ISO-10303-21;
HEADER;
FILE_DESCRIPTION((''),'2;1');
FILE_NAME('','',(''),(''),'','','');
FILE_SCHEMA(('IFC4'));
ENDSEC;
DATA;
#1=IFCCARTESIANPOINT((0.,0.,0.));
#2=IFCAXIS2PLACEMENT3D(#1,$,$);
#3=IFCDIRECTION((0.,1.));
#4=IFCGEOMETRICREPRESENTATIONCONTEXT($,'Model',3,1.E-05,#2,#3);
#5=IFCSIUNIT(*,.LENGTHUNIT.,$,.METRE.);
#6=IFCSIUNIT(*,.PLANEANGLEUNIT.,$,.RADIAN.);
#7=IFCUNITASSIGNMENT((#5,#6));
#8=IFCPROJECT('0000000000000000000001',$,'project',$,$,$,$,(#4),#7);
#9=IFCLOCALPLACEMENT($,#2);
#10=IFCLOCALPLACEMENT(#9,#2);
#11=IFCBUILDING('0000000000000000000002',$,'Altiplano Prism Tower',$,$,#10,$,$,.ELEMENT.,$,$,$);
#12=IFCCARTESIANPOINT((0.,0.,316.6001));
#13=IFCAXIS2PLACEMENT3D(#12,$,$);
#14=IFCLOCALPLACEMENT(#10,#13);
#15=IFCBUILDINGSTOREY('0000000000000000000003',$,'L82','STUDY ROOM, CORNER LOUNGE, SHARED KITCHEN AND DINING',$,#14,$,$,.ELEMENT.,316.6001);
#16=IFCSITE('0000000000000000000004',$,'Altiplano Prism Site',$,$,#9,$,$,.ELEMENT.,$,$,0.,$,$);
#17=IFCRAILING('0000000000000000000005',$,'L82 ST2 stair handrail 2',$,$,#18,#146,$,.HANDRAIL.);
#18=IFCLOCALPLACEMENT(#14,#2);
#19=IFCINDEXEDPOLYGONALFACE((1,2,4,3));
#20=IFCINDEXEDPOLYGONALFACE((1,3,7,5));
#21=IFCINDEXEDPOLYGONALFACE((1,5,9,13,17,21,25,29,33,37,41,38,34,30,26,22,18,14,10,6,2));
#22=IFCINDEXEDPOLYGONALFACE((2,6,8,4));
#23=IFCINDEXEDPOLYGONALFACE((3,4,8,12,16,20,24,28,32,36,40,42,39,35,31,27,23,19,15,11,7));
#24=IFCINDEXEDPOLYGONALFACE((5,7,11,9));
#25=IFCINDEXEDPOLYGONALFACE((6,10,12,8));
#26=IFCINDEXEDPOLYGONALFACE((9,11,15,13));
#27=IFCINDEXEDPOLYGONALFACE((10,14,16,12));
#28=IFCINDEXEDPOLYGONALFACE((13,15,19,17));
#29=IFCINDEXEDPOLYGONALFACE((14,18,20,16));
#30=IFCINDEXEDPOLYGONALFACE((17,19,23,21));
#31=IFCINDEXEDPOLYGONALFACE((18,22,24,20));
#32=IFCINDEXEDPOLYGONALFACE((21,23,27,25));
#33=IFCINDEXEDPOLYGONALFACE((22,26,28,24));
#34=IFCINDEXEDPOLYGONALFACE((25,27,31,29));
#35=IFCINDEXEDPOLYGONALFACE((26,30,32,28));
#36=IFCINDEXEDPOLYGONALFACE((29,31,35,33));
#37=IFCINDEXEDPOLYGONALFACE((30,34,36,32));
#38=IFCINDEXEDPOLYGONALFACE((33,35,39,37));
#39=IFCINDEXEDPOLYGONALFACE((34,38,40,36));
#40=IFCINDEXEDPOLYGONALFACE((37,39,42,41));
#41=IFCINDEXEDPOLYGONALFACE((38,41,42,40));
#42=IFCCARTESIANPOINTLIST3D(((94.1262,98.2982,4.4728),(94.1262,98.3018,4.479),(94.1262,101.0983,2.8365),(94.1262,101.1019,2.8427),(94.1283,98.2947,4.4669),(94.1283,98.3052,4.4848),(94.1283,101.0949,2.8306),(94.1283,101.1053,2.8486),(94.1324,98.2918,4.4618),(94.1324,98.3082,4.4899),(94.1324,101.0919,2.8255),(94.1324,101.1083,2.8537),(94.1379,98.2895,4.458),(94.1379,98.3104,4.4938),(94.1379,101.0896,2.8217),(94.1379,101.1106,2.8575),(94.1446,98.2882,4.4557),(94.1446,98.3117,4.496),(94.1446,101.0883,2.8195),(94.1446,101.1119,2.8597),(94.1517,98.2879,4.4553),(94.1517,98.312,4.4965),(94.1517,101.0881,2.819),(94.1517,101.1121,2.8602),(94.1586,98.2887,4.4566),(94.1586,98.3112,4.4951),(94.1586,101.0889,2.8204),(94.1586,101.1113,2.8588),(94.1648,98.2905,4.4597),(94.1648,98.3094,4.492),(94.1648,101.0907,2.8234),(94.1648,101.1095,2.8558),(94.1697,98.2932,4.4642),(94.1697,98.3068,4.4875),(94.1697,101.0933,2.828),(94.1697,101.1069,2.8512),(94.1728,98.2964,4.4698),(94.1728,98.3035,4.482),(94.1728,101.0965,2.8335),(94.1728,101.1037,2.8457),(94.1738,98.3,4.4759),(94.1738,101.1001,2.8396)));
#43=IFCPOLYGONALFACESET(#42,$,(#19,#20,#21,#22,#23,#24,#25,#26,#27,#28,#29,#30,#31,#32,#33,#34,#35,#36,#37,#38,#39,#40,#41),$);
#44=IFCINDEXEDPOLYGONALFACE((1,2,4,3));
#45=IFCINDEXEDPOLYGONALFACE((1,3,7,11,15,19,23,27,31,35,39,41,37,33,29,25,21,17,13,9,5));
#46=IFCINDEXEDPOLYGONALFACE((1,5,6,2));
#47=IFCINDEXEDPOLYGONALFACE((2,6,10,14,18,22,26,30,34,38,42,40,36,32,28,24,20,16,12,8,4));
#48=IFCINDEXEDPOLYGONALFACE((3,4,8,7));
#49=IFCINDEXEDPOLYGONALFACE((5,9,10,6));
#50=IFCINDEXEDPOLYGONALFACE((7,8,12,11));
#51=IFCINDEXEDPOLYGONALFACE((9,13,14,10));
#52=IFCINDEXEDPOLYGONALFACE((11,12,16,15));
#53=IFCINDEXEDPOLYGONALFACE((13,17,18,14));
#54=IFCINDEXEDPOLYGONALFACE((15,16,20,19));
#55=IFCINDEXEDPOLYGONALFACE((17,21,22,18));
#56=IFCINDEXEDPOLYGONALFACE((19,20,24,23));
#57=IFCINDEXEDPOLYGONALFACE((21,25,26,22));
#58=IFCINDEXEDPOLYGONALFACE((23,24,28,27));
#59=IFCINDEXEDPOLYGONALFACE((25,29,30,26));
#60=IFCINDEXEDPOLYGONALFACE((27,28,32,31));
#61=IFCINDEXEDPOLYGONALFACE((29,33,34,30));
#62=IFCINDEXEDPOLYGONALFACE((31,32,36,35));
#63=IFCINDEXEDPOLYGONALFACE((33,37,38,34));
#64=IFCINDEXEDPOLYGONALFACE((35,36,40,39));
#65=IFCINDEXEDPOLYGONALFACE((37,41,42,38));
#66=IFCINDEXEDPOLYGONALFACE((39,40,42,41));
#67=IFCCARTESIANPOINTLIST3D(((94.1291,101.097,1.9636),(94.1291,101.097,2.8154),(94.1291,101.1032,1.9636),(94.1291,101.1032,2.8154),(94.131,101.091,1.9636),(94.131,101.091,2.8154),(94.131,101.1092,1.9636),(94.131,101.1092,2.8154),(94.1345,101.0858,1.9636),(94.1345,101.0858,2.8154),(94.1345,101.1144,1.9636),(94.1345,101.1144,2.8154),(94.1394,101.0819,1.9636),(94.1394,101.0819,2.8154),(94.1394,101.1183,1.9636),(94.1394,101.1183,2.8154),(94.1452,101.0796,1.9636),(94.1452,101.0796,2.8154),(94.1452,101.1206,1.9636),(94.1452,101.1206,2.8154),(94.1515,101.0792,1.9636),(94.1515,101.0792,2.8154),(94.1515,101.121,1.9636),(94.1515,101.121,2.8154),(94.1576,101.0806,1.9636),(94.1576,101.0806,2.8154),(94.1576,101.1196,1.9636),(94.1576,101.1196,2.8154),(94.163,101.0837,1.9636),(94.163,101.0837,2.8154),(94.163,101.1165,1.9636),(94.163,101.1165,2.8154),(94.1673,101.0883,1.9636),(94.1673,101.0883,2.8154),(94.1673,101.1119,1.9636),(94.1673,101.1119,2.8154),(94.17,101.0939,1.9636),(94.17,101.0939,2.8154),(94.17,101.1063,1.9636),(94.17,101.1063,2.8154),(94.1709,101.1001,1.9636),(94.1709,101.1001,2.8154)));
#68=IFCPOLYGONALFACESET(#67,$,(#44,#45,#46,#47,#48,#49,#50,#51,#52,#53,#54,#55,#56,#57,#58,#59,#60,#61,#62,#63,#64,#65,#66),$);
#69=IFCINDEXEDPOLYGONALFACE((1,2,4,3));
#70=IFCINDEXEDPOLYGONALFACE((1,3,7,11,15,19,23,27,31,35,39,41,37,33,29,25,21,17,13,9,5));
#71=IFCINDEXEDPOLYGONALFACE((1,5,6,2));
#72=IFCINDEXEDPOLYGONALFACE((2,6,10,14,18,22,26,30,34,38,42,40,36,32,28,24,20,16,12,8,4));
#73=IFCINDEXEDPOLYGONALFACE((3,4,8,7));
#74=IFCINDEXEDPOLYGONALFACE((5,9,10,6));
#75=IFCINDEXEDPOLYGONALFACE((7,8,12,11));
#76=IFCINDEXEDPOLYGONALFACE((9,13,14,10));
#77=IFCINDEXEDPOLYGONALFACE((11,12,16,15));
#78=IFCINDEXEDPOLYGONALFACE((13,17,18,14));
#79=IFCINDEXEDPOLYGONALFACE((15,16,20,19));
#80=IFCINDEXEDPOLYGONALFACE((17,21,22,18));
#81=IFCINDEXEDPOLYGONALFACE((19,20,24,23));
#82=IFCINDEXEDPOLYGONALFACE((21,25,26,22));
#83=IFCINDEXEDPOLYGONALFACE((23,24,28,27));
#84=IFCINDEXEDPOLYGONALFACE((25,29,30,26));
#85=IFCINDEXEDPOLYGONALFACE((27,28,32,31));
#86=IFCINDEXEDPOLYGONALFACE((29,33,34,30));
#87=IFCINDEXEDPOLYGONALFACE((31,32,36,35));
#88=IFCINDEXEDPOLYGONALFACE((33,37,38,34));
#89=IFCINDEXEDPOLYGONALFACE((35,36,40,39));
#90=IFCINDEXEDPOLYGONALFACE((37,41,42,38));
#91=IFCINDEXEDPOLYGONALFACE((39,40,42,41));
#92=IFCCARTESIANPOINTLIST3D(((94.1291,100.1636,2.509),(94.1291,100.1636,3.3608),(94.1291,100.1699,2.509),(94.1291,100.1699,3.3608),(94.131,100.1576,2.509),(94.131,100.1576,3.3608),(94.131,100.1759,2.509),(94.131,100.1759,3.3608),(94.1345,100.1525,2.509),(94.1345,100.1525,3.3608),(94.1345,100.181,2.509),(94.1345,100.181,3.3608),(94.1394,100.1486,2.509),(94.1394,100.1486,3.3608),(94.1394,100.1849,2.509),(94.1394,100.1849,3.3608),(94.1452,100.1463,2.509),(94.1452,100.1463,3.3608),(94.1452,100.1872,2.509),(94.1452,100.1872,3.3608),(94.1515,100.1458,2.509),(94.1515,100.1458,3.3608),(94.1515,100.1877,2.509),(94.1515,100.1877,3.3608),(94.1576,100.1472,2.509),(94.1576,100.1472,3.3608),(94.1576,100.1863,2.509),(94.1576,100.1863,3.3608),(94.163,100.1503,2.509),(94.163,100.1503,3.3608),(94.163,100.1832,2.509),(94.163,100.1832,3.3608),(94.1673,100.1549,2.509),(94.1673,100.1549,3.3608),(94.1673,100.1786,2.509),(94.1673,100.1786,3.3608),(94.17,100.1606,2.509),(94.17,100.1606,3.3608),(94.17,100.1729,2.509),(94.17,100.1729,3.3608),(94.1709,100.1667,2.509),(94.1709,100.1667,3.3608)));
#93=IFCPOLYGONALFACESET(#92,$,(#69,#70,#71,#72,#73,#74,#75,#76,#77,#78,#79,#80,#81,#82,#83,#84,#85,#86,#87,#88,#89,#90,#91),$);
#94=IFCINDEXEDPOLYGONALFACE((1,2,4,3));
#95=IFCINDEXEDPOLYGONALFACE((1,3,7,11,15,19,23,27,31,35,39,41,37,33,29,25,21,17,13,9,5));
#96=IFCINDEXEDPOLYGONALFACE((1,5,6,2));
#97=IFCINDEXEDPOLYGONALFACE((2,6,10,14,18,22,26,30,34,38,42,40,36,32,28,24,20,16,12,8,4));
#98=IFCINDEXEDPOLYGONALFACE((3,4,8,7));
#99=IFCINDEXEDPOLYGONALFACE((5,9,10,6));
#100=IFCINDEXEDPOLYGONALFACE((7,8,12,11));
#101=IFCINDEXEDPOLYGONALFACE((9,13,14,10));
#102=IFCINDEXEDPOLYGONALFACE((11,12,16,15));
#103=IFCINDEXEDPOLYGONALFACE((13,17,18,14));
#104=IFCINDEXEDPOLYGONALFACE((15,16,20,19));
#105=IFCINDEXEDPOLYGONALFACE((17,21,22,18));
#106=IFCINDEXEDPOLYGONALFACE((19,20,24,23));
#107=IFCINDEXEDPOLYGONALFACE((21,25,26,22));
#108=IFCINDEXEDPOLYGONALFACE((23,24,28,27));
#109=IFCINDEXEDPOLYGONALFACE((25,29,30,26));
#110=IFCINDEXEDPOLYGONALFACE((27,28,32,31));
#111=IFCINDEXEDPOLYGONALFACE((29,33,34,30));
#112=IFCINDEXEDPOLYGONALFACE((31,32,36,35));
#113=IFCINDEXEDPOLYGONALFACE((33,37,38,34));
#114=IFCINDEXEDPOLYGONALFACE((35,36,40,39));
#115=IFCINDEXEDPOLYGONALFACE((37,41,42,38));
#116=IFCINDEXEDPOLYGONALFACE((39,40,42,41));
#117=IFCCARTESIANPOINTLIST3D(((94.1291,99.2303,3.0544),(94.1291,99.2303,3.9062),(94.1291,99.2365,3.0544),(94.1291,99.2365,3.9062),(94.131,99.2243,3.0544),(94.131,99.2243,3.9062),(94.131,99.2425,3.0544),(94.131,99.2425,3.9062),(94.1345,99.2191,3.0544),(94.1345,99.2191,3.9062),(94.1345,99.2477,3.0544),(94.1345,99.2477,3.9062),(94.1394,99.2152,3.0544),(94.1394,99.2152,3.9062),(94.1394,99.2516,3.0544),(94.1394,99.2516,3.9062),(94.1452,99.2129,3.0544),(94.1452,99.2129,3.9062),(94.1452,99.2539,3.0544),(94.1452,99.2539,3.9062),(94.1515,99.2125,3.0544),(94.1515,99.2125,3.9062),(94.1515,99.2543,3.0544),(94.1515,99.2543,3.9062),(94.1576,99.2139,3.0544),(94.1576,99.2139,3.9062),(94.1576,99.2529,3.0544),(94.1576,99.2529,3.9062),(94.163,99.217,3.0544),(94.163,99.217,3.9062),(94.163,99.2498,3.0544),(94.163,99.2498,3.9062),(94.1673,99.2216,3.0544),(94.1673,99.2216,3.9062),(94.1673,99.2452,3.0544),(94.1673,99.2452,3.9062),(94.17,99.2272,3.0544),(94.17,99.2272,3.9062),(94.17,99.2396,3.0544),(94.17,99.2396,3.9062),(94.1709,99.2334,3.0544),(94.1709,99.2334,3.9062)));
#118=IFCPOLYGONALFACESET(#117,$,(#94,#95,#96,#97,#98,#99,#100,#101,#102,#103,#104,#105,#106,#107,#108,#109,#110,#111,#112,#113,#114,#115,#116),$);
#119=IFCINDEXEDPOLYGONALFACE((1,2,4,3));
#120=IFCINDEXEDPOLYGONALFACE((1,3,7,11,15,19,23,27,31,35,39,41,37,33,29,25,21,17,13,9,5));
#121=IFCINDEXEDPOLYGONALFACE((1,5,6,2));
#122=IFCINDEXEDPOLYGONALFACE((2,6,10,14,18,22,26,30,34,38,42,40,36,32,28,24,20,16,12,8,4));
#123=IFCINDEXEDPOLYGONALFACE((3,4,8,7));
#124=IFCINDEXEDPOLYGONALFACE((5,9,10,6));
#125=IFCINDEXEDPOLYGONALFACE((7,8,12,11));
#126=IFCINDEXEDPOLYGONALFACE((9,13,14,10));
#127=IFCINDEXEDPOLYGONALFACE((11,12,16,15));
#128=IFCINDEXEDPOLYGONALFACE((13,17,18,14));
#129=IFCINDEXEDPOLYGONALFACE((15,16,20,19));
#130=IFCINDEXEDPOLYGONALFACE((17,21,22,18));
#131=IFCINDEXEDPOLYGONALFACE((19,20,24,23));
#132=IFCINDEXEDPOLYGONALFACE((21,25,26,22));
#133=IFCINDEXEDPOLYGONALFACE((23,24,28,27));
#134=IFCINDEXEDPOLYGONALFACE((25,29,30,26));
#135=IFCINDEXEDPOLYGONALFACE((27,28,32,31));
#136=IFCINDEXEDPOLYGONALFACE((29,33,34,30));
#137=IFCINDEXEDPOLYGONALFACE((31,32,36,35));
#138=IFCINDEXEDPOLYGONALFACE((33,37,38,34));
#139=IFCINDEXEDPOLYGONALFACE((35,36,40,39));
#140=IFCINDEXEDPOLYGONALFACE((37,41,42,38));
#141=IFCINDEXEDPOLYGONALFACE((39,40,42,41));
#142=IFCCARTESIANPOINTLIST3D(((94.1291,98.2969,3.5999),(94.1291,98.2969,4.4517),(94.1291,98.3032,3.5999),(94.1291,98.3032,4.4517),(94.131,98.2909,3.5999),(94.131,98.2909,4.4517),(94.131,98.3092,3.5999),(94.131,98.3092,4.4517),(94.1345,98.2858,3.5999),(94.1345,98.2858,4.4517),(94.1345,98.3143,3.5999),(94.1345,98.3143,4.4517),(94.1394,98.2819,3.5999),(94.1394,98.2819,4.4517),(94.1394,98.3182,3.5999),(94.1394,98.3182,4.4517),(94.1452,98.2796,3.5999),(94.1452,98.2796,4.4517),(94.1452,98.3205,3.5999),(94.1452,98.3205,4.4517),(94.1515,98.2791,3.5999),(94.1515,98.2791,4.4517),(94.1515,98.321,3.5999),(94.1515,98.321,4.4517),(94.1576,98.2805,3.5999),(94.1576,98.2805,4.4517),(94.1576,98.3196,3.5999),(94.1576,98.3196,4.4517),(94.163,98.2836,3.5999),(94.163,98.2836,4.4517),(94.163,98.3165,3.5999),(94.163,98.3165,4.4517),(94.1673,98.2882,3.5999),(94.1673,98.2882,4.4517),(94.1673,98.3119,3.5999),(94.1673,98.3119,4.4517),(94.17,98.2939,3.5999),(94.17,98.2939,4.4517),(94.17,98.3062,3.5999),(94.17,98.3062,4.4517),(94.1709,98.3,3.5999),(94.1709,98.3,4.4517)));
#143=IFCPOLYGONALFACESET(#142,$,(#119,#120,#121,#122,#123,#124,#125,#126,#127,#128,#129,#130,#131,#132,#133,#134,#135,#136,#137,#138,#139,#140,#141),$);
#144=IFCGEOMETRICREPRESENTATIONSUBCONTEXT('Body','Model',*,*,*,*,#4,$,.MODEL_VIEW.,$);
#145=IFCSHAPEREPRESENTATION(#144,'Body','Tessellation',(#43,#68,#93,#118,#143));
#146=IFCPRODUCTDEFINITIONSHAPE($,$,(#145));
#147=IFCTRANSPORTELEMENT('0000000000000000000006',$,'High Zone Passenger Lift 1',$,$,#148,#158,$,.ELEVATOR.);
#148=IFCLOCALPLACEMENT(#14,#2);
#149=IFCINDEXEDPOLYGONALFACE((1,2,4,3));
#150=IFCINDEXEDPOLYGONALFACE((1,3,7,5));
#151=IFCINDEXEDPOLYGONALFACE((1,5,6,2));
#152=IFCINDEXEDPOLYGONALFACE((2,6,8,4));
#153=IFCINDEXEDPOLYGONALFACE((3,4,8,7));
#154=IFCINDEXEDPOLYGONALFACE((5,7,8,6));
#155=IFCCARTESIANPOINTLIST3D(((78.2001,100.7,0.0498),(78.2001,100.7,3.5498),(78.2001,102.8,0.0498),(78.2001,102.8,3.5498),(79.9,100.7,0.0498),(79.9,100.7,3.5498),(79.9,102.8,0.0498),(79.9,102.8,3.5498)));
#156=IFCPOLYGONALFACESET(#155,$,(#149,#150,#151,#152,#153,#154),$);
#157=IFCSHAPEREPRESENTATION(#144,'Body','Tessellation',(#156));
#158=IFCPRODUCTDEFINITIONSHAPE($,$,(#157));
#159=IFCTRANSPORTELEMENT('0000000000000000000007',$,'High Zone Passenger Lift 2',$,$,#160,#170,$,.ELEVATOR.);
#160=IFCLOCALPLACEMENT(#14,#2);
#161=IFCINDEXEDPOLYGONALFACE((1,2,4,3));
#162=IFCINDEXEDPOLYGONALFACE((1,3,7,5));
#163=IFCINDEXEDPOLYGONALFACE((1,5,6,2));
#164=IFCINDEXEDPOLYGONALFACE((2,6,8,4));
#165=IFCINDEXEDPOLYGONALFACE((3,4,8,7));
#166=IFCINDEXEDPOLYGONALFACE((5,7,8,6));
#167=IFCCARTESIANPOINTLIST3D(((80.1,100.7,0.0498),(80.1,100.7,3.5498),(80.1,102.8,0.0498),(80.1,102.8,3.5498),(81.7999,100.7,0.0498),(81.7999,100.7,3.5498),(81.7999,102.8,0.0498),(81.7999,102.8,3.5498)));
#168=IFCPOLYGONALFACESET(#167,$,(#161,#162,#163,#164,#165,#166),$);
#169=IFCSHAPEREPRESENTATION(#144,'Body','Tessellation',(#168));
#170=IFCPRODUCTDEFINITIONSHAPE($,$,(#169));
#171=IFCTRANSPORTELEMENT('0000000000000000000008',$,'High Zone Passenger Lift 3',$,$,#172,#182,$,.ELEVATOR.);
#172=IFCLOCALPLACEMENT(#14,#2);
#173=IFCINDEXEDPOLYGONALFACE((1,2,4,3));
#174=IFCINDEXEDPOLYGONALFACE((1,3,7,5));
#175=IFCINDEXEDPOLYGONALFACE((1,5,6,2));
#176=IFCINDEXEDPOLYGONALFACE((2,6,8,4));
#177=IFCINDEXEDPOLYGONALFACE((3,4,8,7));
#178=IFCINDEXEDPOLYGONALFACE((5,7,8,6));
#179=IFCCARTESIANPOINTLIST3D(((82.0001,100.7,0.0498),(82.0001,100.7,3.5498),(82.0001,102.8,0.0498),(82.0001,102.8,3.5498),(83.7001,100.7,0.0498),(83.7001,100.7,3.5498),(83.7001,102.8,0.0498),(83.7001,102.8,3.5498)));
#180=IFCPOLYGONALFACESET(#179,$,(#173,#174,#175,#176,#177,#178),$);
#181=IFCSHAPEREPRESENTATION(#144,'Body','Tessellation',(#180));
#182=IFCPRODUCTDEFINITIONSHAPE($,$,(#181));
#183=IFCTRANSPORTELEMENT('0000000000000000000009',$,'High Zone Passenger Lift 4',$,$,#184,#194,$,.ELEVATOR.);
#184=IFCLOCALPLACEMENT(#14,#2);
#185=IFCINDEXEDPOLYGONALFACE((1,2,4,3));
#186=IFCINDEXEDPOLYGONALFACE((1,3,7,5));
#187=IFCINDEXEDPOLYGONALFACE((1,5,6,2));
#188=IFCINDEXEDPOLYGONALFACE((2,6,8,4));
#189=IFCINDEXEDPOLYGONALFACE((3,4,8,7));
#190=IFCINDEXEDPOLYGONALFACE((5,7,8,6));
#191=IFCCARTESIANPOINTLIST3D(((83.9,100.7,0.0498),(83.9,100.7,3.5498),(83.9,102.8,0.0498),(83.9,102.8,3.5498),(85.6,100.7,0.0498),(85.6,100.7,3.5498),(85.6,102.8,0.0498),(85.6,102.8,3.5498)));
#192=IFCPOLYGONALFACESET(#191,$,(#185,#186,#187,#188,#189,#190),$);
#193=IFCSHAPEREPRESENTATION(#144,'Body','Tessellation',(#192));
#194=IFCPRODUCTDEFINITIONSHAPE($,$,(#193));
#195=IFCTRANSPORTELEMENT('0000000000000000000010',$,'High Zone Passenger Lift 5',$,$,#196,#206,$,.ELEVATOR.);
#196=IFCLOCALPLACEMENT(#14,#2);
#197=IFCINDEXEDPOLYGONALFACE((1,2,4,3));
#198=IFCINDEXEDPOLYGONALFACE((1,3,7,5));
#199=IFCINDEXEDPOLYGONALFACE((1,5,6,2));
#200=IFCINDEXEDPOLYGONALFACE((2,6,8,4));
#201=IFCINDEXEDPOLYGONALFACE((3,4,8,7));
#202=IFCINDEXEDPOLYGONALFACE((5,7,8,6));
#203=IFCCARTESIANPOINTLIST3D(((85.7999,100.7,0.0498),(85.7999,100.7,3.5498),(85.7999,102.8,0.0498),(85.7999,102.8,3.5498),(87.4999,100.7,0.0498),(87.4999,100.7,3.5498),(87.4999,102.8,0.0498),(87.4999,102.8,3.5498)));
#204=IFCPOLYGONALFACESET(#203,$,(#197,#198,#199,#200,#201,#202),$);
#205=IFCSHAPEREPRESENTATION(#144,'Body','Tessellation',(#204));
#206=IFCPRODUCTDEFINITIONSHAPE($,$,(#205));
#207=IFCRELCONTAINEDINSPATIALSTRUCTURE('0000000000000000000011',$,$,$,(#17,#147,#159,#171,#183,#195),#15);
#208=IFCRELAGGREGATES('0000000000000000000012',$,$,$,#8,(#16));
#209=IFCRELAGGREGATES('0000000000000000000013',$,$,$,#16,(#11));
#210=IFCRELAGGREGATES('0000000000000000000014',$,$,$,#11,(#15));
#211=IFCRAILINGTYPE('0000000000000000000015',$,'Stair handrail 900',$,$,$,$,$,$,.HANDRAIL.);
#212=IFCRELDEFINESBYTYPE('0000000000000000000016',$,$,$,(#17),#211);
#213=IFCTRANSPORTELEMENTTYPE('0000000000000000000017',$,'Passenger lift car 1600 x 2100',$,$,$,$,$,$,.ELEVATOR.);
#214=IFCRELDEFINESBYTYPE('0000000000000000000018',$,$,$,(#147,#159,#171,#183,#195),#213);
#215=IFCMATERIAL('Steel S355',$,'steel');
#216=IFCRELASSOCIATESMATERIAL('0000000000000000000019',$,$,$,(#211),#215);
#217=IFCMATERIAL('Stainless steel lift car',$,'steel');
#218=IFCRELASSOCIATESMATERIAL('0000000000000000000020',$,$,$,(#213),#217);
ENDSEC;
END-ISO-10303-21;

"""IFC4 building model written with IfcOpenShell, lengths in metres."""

from ifc_helpers import new_model, si_unit, direction, frame, origin, origin_2d, place, context, subcontext, project, spatial, rectangle, circle, extrude, material, type_object, element, save


model = new_model("IFC4")

# Units and contexts
model_context = context("Model", 3, precision=1e-05, world=origin(), true_north=direction((0.0, 1.0)))
body_context = subcontext(model_context, "Body", "Model", "MODEL_VIEW")
ifc_project = project(units=[si_unit("LENGTHUNIT", "METRE"), si_unit("PLANEANGLEUNIT", "RADIAN")], contexts=[model_context])

# Site, building, storey
site_placement = place(None, origin())
site = spatial("IfcSite", under=ifc_project, at=site_placement, Name="Altiplano Prism Site", CompositionType="ELEMENT", RefElevation=0.0)
building_placement = place(site_placement, origin())
building = spatial("IfcBuilding", under=site, at=building_placement, Name="Altiplano Prism Tower", CompositionType="ELEMENT")
storey_placement = place(building_placement, frame((0.0, 0.0, 316.6001)))
storey = spatial("IfcBuildingStorey", under=building, at=storey_placement, Name="L82", Description="STUDY ROOM, CORNER LOUNGE, SHARED KITCHEN AND DINING", CompositionType="ELEMENT", Elevation=316.6001)

# Railing
ifc_material_1 = material(Name="Steel S355", Category="steel")
railing_type = type_object("IfcRailingType", Name="Stair handrail 900", PredefinedType="HANDRAIL", material=ifc_material_1)
railing_placement = place(storey_placement, frame((94.1499, 101.1001, 1.9636)))
element("IfcRailing", 1, at=railing_placement, inside=storey, type_object=railing_type, Name="L82 ST2 stair handrail 2", PredefinedType="HANDRAIL", context=body_context, shape_type="SweptSolid", body=[
    extrude(circle(Radius=0.0239, at=origin_2d()), frame((0.0, 0.0, 0.876), z_axis=(0.0, -0.863394, 0.504531), x_axis=(1.0, 0.0, 0.0)), (0.0, 0.0, 1.0), 3.2432),
    extrude(circle(Radius=0.021, at=origin_2d()), origin(), (0.0, 0.0, 1.0), 0.8518),
    extrude(circle(Radius=0.021, at=origin_2d()), frame((0.0, -0.9333, 0.5454)), (0.0, 0.0, 1.0), 0.8518),
    extrude(circle(Radius=0.021, at=origin_2d()), frame((0.0, -1.8667, 1.0908)), (0.0, 0.0, 1.0), 0.8518),
    extrude(circle(Radius=0.021, at=origin_2d()), frame((0.0, -2.8, 1.6362)), (0.0, 0.0, 1.0), 0.8518),
])

# Transport elements
ifc_material_2 = material(Name="Stainless steel lift car", Category="steel")
transport_element_type = type_object("IfcTransportElementType", Name="Passenger lift car 1600 x 2100", PredefinedType="ELEVATOR", material=ifc_material_2)
for number, where, z_axis, x_axis, name in (
    (2, (79.05, 101.75, 0.0498), (0.0, 0.0, 1.0), (1.0, 0.0, 0.0), "High Zone Passenger Lift 1"),
    (3, (80.95, 101.75, 0.0498), (0.0, 0.0, 1.0), (1.0, 0.0, 0.0), "High Zone Passenger Lift 2"),
    (4, (82.8501, 101.75, 0.0498), (0.0, 0.0, 1.0), (1.0, 0.0, 0.0), "High Zone Passenger Lift 3"),
    (5, (84.75, 101.75, 0.0498), (0.0, 0.0, 1.0), (1.0, 0.0, 0.0), "High Zone Passenger Lift 4"),
    (6, (86.6499, 101.75, 0.0498), (0.0, 0.0, 1.0), (1.0, 0.0, 0.0), "High Zone Passenger Lift 5"),
):
    element("IfcTransportElement", number, at=place(storey_placement, frame(where, z_axis=z_axis, x_axis=x_axis)), inside=storey, type_object=transport_element_type, Name=name, PredefinedType="ELEVATOR", context=body_context, shape_type="SweptSolid", body=[
        extrude(rectangle(XDim=1.7, YDim=2.1001, at=origin_2d()), origin(), (0.0, 0.0, 1.0), 3.5),
    ])

save(model, "model.ifc")
